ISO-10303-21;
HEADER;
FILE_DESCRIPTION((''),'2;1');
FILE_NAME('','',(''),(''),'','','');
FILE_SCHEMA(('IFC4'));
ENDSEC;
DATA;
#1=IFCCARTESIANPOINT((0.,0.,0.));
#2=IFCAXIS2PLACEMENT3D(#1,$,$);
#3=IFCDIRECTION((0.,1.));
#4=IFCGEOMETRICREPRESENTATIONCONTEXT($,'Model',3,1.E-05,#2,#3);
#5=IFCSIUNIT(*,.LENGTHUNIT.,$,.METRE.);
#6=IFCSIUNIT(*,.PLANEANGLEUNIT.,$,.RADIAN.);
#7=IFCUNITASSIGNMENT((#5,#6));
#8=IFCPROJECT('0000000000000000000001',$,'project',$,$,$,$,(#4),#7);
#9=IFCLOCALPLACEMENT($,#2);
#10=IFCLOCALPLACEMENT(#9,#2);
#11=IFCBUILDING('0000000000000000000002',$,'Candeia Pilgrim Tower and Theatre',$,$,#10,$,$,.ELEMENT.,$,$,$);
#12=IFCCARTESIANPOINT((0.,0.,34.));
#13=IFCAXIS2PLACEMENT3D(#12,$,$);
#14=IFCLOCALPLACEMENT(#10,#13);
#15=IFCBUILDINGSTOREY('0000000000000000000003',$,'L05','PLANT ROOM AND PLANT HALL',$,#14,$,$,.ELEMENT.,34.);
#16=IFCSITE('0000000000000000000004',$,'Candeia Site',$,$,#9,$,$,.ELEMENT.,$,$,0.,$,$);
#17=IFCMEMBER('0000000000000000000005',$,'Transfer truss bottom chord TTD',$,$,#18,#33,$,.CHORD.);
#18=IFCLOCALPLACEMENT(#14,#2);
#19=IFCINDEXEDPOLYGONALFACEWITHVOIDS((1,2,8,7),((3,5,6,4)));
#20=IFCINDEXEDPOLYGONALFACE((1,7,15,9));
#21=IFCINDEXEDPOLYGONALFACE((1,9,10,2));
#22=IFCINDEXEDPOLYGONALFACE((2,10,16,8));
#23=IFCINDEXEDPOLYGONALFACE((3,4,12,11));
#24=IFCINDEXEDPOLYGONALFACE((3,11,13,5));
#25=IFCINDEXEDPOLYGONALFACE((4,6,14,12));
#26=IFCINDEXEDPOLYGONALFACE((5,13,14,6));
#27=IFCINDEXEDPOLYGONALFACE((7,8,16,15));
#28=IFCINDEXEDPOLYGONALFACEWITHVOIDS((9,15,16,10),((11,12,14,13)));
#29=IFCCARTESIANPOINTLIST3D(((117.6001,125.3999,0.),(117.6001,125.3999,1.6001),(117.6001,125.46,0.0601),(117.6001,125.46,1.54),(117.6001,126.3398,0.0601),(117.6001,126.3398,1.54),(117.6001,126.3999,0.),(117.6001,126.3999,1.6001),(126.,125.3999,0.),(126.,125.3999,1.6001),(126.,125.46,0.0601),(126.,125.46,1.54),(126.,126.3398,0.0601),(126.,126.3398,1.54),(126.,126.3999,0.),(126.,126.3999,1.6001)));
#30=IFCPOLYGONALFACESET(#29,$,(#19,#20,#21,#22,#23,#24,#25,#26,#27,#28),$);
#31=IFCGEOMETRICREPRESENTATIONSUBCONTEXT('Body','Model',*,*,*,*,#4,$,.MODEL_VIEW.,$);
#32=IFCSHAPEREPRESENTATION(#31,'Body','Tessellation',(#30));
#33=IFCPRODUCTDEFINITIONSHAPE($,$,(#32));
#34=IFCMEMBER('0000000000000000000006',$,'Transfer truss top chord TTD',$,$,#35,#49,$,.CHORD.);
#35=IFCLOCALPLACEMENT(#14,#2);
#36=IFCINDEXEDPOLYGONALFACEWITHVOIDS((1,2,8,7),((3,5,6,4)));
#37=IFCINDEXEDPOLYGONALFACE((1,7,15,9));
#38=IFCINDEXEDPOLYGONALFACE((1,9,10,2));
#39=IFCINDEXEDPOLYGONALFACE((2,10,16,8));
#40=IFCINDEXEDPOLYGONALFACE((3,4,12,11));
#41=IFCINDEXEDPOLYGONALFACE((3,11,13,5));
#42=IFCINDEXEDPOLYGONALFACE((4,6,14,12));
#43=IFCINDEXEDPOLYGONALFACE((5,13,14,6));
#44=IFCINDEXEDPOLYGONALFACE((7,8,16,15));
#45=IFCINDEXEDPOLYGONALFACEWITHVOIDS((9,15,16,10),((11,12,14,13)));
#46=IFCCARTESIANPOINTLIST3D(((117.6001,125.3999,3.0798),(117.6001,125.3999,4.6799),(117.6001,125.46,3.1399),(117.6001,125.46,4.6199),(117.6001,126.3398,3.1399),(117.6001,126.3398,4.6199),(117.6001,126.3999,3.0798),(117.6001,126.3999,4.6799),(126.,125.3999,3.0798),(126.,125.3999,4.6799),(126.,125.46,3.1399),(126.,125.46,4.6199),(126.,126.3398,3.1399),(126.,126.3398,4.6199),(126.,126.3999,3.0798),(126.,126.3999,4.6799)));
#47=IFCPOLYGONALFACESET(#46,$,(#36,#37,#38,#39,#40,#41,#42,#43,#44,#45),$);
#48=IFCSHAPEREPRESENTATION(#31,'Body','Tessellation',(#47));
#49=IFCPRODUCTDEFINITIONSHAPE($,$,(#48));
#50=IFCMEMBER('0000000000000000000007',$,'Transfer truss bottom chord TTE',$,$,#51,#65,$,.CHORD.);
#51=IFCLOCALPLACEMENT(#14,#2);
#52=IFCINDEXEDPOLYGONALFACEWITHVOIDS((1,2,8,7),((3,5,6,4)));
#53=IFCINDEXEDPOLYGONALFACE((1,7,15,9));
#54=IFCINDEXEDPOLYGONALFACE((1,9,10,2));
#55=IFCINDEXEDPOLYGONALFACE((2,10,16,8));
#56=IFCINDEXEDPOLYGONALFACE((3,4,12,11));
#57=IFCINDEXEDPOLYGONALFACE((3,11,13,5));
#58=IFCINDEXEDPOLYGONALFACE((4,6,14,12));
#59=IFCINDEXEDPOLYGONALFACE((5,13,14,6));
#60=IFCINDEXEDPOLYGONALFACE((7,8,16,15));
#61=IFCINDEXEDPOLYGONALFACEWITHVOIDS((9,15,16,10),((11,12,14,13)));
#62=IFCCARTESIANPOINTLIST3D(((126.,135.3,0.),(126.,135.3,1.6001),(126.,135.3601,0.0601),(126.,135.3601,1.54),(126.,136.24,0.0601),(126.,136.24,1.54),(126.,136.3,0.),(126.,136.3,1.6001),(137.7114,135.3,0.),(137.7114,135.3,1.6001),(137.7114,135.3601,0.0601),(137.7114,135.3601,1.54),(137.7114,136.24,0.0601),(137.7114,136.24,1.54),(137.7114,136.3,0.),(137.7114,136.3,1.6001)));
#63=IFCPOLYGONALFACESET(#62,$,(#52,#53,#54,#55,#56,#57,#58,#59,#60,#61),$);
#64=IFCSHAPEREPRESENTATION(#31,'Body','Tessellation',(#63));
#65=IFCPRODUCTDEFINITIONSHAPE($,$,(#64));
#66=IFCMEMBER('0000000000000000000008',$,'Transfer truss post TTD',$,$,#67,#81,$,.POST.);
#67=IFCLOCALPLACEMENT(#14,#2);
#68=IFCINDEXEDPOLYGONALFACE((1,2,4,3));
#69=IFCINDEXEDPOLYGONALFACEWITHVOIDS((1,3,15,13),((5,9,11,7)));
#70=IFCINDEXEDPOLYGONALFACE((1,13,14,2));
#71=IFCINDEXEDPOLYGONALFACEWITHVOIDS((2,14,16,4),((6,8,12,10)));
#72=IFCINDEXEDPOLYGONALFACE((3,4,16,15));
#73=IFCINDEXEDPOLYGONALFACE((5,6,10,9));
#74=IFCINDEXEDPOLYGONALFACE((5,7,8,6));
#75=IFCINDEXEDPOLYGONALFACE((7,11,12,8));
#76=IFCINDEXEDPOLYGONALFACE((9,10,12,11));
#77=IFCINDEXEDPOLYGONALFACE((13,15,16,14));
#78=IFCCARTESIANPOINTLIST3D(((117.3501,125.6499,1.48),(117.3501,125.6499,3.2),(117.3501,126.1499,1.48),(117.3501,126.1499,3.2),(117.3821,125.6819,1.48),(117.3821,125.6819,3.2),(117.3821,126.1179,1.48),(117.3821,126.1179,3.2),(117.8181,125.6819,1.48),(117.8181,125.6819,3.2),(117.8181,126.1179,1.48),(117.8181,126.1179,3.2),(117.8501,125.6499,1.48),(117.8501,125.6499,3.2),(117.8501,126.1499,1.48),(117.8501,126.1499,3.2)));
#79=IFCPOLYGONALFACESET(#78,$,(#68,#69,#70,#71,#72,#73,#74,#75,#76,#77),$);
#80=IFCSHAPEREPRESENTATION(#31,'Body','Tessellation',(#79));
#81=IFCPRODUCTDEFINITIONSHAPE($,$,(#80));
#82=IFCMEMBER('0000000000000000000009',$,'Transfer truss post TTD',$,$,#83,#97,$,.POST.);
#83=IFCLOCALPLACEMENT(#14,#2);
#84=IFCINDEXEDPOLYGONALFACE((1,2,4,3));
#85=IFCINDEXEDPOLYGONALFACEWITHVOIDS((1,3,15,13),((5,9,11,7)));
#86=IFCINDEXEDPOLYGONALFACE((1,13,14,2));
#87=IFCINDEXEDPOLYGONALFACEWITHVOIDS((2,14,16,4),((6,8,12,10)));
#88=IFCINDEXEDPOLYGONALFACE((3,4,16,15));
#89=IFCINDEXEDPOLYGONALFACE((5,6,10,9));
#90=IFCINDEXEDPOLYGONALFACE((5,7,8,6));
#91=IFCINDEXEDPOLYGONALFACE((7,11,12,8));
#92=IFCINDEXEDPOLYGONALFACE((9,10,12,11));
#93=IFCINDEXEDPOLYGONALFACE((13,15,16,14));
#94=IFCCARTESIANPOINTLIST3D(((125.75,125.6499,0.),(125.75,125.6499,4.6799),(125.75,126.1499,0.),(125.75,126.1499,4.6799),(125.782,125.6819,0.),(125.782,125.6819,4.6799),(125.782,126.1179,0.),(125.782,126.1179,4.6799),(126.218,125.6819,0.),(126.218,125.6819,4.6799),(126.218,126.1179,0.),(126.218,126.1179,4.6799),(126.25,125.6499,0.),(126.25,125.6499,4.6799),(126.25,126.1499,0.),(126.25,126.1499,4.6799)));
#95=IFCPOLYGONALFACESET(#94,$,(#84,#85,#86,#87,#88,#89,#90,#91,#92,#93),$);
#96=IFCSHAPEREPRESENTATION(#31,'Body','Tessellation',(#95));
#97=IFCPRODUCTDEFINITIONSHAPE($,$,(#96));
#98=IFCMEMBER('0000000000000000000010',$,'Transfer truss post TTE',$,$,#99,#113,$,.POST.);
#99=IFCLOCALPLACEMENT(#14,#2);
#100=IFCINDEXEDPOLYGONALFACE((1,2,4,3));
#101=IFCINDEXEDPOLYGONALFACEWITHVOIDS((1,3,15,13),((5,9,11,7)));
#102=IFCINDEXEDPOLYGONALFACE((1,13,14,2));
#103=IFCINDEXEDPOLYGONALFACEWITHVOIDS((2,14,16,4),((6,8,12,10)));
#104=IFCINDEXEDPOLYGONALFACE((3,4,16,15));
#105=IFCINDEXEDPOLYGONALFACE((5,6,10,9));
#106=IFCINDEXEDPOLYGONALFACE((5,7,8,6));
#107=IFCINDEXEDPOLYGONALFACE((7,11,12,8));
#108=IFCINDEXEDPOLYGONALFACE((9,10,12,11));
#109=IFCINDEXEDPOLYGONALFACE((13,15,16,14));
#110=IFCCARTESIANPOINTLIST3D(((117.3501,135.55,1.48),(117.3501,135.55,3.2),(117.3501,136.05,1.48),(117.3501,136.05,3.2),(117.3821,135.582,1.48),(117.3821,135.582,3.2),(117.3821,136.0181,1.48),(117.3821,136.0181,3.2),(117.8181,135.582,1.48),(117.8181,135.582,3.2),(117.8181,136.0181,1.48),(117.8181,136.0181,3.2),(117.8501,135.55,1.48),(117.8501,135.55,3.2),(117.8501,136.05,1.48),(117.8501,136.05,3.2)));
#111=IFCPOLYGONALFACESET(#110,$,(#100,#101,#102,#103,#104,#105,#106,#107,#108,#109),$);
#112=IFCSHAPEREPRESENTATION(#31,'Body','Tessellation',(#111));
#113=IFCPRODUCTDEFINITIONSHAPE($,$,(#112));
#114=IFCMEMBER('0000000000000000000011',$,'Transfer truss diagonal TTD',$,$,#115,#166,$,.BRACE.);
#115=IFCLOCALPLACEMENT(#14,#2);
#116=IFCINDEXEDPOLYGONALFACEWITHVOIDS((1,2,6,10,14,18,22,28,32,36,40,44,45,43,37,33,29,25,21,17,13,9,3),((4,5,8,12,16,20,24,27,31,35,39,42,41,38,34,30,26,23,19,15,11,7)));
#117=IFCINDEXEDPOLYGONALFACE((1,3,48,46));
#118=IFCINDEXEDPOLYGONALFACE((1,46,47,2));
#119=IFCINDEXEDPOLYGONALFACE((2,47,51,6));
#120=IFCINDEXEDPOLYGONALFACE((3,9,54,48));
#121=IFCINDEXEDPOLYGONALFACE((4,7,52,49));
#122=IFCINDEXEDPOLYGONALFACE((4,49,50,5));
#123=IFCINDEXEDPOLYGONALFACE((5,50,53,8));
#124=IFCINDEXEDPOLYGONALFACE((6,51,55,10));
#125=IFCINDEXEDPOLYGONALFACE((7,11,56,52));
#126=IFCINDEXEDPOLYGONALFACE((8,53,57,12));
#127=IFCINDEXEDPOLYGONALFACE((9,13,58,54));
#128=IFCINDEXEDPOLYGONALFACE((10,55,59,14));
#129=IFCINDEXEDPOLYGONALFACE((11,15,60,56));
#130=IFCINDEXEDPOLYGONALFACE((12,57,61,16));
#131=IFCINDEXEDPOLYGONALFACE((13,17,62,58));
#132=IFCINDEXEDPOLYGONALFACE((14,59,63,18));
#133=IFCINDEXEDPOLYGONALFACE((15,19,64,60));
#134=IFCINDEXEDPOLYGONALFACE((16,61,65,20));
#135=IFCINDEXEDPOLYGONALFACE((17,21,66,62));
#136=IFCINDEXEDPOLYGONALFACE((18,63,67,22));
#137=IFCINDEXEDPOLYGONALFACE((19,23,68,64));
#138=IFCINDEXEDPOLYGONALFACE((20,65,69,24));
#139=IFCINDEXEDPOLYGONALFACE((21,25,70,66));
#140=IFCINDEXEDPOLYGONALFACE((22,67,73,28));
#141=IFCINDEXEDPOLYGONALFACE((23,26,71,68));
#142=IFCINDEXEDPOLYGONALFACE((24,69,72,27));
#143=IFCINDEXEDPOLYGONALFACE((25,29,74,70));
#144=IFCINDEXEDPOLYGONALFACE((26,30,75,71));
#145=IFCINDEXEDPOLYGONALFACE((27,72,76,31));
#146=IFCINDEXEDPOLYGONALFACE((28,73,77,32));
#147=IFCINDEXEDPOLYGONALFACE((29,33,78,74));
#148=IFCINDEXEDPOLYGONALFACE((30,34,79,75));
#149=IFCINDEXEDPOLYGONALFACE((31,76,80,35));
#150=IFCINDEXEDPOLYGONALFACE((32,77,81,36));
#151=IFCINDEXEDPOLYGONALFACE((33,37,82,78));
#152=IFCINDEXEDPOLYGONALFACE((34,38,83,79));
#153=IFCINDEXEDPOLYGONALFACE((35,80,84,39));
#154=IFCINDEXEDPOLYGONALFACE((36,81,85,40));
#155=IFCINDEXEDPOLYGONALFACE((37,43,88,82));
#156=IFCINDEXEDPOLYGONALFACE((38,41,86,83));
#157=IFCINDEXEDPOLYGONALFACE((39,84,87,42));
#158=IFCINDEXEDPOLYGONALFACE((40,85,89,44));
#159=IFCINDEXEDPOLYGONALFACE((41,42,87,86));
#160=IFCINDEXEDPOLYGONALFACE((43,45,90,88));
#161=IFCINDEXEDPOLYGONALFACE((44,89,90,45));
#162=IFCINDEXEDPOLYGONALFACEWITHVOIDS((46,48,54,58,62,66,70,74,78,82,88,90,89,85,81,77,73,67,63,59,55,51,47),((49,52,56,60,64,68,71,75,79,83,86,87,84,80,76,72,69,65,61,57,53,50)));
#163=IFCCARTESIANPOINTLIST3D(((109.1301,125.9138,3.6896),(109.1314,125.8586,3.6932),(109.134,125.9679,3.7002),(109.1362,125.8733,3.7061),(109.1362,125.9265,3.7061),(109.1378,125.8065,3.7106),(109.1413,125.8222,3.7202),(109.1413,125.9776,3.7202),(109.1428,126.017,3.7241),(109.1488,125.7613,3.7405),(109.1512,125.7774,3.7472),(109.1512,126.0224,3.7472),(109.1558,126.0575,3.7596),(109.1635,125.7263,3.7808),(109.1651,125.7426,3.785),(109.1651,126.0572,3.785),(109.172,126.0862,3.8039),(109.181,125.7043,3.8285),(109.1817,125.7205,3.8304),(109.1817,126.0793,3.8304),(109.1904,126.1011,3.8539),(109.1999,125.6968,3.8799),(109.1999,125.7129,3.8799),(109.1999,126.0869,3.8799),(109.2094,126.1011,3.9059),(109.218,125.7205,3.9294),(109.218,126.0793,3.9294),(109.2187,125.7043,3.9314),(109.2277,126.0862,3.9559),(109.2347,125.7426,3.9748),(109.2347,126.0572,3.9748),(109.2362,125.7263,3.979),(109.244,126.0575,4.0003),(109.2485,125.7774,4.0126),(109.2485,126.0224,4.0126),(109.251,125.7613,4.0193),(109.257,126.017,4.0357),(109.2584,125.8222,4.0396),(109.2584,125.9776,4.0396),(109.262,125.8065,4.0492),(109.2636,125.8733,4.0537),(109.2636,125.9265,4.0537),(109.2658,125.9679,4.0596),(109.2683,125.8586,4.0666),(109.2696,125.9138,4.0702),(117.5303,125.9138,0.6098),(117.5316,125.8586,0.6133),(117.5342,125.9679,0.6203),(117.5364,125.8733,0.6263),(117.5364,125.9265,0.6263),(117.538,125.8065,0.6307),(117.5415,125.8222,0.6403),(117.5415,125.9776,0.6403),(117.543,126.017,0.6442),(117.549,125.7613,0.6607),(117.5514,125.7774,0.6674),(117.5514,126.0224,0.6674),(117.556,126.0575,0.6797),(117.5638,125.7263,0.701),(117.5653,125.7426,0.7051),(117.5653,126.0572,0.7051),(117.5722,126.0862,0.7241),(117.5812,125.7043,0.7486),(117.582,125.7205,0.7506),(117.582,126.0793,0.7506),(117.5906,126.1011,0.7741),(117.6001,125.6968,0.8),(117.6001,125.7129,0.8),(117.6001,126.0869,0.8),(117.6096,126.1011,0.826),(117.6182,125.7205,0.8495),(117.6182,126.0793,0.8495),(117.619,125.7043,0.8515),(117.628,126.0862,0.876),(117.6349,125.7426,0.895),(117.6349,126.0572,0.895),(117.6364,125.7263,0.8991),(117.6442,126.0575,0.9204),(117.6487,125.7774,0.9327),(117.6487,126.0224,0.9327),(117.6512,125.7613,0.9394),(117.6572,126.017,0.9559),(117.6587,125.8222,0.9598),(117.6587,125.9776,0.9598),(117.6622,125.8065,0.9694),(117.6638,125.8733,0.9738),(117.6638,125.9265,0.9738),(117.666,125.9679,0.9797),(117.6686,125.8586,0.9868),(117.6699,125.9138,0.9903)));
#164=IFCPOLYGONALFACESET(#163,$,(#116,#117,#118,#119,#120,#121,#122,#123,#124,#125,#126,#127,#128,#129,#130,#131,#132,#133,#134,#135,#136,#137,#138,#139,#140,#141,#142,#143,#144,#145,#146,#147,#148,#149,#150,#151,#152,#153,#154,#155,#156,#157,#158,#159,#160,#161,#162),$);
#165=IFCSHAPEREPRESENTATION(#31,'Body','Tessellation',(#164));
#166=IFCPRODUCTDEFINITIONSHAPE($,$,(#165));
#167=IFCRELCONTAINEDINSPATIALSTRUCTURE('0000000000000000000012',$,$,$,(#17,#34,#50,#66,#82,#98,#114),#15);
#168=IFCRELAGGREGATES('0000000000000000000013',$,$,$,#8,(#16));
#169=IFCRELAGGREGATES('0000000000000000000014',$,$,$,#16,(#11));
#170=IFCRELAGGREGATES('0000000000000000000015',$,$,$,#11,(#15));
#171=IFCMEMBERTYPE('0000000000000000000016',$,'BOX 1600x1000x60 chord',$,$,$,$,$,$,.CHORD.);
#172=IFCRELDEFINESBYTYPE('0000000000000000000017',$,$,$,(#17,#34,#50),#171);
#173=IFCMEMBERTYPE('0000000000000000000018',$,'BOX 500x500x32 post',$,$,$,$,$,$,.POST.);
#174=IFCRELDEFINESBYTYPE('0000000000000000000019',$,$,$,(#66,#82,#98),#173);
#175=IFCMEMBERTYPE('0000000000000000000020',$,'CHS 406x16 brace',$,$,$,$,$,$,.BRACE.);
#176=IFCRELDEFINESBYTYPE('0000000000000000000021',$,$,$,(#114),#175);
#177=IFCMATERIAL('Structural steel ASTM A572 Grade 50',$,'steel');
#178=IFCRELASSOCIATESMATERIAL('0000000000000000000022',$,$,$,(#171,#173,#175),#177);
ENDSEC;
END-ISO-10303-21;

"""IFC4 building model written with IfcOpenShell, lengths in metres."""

from ifc_helpers import new_model, si_unit, direction, frame, origin, origin_2d, place, context, subcontext, project, spatial, hollow_rectangle, hollow_circle, extrude, material, material_profile, profile_set, type_object, element, save


model = new_model("IFC4")

# Units and contexts
model_context = context("Model", 3, precision=1e-05, world=origin(), true_north=direction((0.0, 1.0)))
body_context = subcontext(model_context, "Body", "Model", "MODEL_VIEW")
ifc_project = project(units=[si_unit("LENGTHUNIT", "METRE"), si_unit("PLANEANGLEUNIT", "RADIAN")], contexts=[model_context])

# Site, building, storey
site_placement = place(None, origin())
site = spatial("IfcSite", under=ifc_project, at=site_placement, Name="Candeia Site", CompositionType="ELEMENT", RefElevation=0.0)
building_placement = place(site_placement, origin())
building = spatial("IfcBuilding", under=site, at=building_placement, Name="Candeia Pilgrim Tower and Theatre", CompositionType="ELEMENT")
storey_placement = place(building_placement, frame((0.0, 0.0, 34.0)))
storey = spatial("IfcBuildingStorey", under=building, at=storey_placement, Name="L05", Description="PLANT ROOM AND PLANT HALL", CompositionType="ELEMENT", Elevation=34.0)

# Members
ifc_material_1 = material(Name="Structural steel ASTM A572 Grade 50", Category="steel")
ifc_material_profile_1 = material_profile(ifc_material_1, hollow_rectangle(XDim=1.0, YDim=1.6001, WallThickness=0.0601, at=origin_2d()))
ifc_profile_set_1 = profile_set([ifc_material_profile_1], Name="Structural steel ASTM A572 Grade 50")
member_type_1 = type_object("IfcMemberType", Name="BOX 1600x1000x60 chord", PredefinedType="CHORD", material=ifc_profile_set_1)
for number, where, z_axis, x_axis, name in (
    (1, (117.6001, 125.8999, 0.8), (1.0, 0.0, 0.0), (0.0, 1.0, 0.0), "Transfer truss bottom chord TTD"),
    (2, (117.6001, 125.8999, 3.8799), (1.0, 0.0, 0.0), (0.0, 1.0, 0.0), "Transfer truss top chord TTD"),
):
    element("IfcMember", number, at=place(storey_placement, frame(where, z_axis=z_axis, x_axis=x_axis)), inside=storey, type_object=member_type_1, Name=name, PredefinedType="CHORD", context=body_context, shape_type="SweptSolid", body=[
        extrude(hollow_rectangle(XDim=1.0, YDim=1.6001, WallThickness=0.0601, at=origin_2d()), origin(), (0.0, 0.0, 1.0), 8.3999),
    ])
member_1_placement = place(storey_placement, frame((126.0, 135.8, 0.8), z_axis=(1.0, 0.0, 0.0), x_axis=(0.0, 1.0, 0.0)))
element("IfcMember", 3, at=member_1_placement, inside=storey, type_object=member_type_1, Name="Transfer truss bottom chord TTE", PredefinedType="CHORD", context=body_context, shape_type="SweptSolid", body=[
    extrude(hollow_rectangle(XDim=1.0, YDim=1.6001, WallThickness=0.0601, at=origin_2d()), origin(), (0.0, 0.0, 1.0), 11.7114),
])
ifc_material_profile_2 = material_profile(ifc_material_1, hollow_rectangle(XDim=0.5, YDim=0.5, WallThickness=0.032, at=origin_2d()))
ifc_profile_set_2 = profile_set([ifc_material_profile_2], Name="Structural steel ASTM A572 Grade 50")
member_type_2 = type_object("IfcMemberType", Name="BOX 500x500x32 post", PredefinedType="POST", material=ifc_profile_set_2)
member_2_placement = place(storey_placement, frame((117.6001, 125.8999, 1.48), z_axis=(0.0, 0.0, 1.0), x_axis=(1.0, 0.0, 0.0)))
element("IfcMember", 4, at=member_2_placement, inside=storey, type_object=member_type_2, Name="Transfer truss post TTD", PredefinedType="POST", context=body_context, shape_type="SweptSolid", body=[
    extrude(hollow_rectangle(XDim=0.5, YDim=0.5, WallThickness=0.032, at=origin_2d()), origin(), (0.0, 0.0, 1.0), 1.72),
])
member_3_placement = place(storey_placement, frame((126.0, 125.8999, 0.0), z_axis=(0.0, 0.0, 1.0), x_axis=(1.0, 0.0, 0.0)))
element("IfcMember", 5, at=member_3_placement, inside=storey, type_object=member_type_2, Name="Transfer truss post TTD", PredefinedType="POST", context=body_context, shape_type="SweptSolid", body=[
    extrude(hollow_rectangle(XDim=0.5, YDim=0.5, WallThickness=0.032, at=origin_2d()), origin(), (0.0, 0.0, 1.0), 4.6799),
])
member_4_placement = place(storey_placement, frame((117.6001, 135.8, 1.48), z_axis=(0.0, 0.0, 1.0), x_axis=(1.0, 0.0, 0.0)))
element("IfcMember", 6, at=member_4_placement, inside=storey, type_object=member_type_2, Name="Transfer truss post TTE", PredefinedType="POST", context=body_context, shape_type="SweptSolid", body=[
    extrude(hollow_rectangle(XDim=0.5, YDim=0.5, WallThickness=0.032, at=origin_2d()), origin(), (0.0, 0.0, 1.0), 1.72),
])
ifc_material_profile_3 = material_profile(ifc_material_1, hollow_circle(Radius=0.2031, WallThickness=0.0161, at=origin_2d()))
ifc_profile_set_3 = profile_set([ifc_material_profile_3], Name="Structural steel ASTM A572 Grade 50")
member_type_3 = type_object("IfcMemberType", Name="CHS 406x16 brace", PredefinedType="BRACE", material=ifc_profile_set_3)
member_5_placement = place(storey_placement, frame((117.6001, 125.8999, 0.8), z_axis=(-0.938884, 0.0, 0.344233), x_axis=(0.0, -1.0, 0.0)))
element("IfcMember", 7, at=member_5_placement, inside=storey, type_object=member_type_3, Name="Transfer truss diagonal TTD", PredefinedType="BRACE", context=body_context, shape_type="SweptSolid", body=[
    extrude(hollow_circle(Radius=0.2031, WallThickness=0.0161, at=origin_2d()), origin(), (0.0, 0.0, 1.0), 8.947),
])

save(model, "model.ifc")
